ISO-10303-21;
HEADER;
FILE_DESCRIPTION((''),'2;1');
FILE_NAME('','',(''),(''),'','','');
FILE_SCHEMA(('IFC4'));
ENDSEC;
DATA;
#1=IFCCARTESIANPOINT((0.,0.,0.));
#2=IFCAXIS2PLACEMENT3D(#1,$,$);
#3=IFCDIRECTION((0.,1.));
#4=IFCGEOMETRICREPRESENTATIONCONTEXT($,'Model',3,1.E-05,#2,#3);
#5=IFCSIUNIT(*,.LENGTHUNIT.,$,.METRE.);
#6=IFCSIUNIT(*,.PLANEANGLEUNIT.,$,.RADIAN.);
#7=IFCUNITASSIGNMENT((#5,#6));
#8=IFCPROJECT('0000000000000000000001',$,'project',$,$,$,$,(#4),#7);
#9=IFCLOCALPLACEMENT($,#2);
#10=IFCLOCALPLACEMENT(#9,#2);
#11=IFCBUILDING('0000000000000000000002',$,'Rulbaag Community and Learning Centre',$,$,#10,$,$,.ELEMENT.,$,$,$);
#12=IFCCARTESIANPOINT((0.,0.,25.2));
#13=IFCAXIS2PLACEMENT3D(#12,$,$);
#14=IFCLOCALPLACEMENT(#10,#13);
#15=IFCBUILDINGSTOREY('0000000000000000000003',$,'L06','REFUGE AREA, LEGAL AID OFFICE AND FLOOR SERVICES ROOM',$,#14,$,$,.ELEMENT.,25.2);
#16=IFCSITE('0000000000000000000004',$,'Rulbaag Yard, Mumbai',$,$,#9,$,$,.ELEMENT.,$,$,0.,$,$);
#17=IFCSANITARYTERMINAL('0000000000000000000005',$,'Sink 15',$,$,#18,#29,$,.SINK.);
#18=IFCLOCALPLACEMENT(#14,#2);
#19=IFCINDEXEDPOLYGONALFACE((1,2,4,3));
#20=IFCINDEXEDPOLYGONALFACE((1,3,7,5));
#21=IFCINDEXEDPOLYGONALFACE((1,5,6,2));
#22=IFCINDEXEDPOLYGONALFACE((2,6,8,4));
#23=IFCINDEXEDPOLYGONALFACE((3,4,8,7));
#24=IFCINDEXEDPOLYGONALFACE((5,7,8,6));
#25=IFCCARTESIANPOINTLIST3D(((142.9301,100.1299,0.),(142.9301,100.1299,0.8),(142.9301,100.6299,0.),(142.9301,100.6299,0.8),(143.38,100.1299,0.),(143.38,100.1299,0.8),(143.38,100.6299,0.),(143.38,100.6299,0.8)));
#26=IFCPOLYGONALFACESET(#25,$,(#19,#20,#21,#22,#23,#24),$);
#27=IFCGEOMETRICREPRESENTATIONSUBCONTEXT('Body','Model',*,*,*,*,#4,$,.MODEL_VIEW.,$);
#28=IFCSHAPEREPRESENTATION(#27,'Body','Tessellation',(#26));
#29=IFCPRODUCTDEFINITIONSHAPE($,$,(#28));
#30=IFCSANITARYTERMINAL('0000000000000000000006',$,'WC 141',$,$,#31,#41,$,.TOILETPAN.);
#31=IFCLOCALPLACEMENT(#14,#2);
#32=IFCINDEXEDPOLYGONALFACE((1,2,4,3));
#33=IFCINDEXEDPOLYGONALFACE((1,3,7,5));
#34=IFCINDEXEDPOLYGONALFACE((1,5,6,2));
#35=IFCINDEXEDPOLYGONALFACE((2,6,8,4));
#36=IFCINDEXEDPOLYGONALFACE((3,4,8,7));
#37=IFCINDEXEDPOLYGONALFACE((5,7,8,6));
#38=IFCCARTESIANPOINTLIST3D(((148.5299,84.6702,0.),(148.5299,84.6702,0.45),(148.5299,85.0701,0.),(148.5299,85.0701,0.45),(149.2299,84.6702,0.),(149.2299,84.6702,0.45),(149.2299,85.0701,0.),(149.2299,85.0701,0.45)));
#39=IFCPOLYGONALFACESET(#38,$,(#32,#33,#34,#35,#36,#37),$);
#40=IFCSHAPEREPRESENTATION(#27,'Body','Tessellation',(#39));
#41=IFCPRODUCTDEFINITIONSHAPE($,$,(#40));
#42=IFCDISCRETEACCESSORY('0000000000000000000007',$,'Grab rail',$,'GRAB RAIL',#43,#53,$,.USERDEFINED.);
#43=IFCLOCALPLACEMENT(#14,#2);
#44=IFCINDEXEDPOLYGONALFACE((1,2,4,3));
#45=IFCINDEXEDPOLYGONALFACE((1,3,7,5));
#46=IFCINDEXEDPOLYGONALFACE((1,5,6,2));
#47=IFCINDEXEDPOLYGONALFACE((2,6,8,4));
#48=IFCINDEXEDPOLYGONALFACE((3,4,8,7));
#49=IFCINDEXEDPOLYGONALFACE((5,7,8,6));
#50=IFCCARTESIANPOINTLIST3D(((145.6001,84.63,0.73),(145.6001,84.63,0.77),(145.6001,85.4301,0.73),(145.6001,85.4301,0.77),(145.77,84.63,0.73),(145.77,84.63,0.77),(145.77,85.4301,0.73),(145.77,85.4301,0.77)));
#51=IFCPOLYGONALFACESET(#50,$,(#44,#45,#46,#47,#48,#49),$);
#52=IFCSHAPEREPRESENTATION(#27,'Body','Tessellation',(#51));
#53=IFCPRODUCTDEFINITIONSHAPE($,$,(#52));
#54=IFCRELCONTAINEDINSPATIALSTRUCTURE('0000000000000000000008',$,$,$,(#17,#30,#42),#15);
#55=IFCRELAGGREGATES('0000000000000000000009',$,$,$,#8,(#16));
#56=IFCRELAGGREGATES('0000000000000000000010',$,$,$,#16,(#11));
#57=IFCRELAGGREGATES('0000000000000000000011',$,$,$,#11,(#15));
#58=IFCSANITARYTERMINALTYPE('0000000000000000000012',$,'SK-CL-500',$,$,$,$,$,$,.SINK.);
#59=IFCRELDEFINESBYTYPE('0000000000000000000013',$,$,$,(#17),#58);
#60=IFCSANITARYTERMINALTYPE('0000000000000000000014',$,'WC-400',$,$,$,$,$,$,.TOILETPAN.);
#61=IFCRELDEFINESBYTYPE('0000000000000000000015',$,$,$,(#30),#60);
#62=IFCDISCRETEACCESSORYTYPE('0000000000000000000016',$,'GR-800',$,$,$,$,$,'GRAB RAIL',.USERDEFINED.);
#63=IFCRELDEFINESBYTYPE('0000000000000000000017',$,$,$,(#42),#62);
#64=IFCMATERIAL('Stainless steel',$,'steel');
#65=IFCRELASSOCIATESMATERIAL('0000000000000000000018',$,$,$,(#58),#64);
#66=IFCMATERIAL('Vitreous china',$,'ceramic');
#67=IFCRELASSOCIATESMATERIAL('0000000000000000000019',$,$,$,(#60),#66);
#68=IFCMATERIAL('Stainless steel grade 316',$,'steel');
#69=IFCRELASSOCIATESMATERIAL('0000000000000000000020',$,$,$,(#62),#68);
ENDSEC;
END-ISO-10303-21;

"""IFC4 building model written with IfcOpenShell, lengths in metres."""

from ifc_helpers import new_model, si_unit, direction, frame, origin, origin_2d, place, context, subcontext, project, spatial, rectangle, extrude, material, type_object, element, save


model = new_model("IFC4")

# Units and contexts
model_context = context("Model", 3, precision=1e-05, world=origin(), true_north=direction((0.0, 1.0)))
body_context = subcontext(model_context, "Body", "Model", "MODEL_VIEW")
ifc_project = project(units=[si_unit("LENGTHUNIT", "METRE"), si_unit("PLANEANGLEUNIT", "RADIAN")], contexts=[model_context])

# Site, building, storey
site_placement = place(None, origin())
site = spatial("IfcSite", under=ifc_project, at=site_placement, Name="Rulbaag Yard, Mumbai", CompositionType="ELEMENT", RefElevation=0.0)
building_placement = place(site_placement, origin())
building = spatial("IfcBuilding", under=site, at=building_placement, Name="Rulbaag Community and Learning Centre", CompositionType="ELEMENT")
storey_placement = place(building_placement, frame((0.0, 0.0, 25.2)))
storey = spatial("IfcBuildingStorey", under=building, at=storey_placement, Name="L06", Description="REFUGE AREA, LEGAL AID OFFICE AND FLOOR SERVICES ROOM", CompositionType="ELEMENT", Elevation=25.2)

# Shared definitions
ifc_material_1 = material(Name="Stainless steel grade 316", Category="steel")

# Sanitary terminals
ifc_material_2 = material(Name="Vitreous china", Category="ceramic")
ifc_material_3 = material(Name="Stainless steel", Category="steel")
sanitary_terminal_type_1 = type_object("IfcSanitaryTerminalType", Name="SK-CL-500", PredefinedType="SINK", material=ifc_material_3)
sanitary_terminal_1_placement = place(storey_placement, frame((143.155, 100.3799, 0.0), z_axis=(0.0, 0.0, 1.0), x_axis=(1.0, 0.0, 0.0)))
element("IfcSanitaryTerminal", 1, at=sanitary_terminal_1_placement, inside=storey, type_object=sanitary_terminal_type_1, Name="Sink 15", PredefinedType="SINK", context=body_context, shape_type="SweptSolid", body=[
    extrude(rectangle(XDim=0.45, YDim=0.5, at=origin_2d()), origin(), (0.0, 0.0, 1.0), 0.8),
])
sanitary_terminal_type_2 = type_object("IfcSanitaryTerminalType", Name="WC-400", PredefinedType="TOILETPAN", material=ifc_material_2)
sanitary_terminal_2_placement = place(storey_placement, frame((148.8799, 84.8701, 0.0), z_axis=(0.0, 0.0, 1.0), x_axis=(1.0, 0.0, 0.0)))
element("IfcSanitaryTerminal", 2, at=sanitary_terminal_2_placement, inside=storey, type_object=sanitary_terminal_type_2, Name="WC 141", PredefinedType="TOILETPAN", context=body_context, shape_type="SweptSolid", body=[
    extrude(rectangle(XDim=0.7, YDim=0.3999, at=origin_2d()), origin(), (0.0, 0.0, 1.0), 0.45),
])

# Discrete accessory
discrete_accessory_type = type_object("IfcDiscreteAccessoryType", Name="GR-800", ElementType="GRAB RAIL", PredefinedType="USERDEFINED", material=ifc_material_1)
discrete_accessory_placement = place(storey_placement, frame((145.6851, 85.03, 0.73), z_axis=(0.0, 0.0, 1.0), x_axis=(1.0, 0.0, 0.0)))
element("IfcDiscreteAccessory", 3, at=discrete_accessory_placement, inside=storey, type_object=discrete_accessory_type, Name="Grab rail", ObjectType="GRAB RAIL", PredefinedType="USERDEFINED", context=body_context, shape_type="SweptSolid", body=[
    extrude(rectangle(XDim=0.1699, YDim=0.8, at=origin_2d()), origin(), (0.0, 0.0, 1.0), 0.04),
])

save(model, "model.ifc")
